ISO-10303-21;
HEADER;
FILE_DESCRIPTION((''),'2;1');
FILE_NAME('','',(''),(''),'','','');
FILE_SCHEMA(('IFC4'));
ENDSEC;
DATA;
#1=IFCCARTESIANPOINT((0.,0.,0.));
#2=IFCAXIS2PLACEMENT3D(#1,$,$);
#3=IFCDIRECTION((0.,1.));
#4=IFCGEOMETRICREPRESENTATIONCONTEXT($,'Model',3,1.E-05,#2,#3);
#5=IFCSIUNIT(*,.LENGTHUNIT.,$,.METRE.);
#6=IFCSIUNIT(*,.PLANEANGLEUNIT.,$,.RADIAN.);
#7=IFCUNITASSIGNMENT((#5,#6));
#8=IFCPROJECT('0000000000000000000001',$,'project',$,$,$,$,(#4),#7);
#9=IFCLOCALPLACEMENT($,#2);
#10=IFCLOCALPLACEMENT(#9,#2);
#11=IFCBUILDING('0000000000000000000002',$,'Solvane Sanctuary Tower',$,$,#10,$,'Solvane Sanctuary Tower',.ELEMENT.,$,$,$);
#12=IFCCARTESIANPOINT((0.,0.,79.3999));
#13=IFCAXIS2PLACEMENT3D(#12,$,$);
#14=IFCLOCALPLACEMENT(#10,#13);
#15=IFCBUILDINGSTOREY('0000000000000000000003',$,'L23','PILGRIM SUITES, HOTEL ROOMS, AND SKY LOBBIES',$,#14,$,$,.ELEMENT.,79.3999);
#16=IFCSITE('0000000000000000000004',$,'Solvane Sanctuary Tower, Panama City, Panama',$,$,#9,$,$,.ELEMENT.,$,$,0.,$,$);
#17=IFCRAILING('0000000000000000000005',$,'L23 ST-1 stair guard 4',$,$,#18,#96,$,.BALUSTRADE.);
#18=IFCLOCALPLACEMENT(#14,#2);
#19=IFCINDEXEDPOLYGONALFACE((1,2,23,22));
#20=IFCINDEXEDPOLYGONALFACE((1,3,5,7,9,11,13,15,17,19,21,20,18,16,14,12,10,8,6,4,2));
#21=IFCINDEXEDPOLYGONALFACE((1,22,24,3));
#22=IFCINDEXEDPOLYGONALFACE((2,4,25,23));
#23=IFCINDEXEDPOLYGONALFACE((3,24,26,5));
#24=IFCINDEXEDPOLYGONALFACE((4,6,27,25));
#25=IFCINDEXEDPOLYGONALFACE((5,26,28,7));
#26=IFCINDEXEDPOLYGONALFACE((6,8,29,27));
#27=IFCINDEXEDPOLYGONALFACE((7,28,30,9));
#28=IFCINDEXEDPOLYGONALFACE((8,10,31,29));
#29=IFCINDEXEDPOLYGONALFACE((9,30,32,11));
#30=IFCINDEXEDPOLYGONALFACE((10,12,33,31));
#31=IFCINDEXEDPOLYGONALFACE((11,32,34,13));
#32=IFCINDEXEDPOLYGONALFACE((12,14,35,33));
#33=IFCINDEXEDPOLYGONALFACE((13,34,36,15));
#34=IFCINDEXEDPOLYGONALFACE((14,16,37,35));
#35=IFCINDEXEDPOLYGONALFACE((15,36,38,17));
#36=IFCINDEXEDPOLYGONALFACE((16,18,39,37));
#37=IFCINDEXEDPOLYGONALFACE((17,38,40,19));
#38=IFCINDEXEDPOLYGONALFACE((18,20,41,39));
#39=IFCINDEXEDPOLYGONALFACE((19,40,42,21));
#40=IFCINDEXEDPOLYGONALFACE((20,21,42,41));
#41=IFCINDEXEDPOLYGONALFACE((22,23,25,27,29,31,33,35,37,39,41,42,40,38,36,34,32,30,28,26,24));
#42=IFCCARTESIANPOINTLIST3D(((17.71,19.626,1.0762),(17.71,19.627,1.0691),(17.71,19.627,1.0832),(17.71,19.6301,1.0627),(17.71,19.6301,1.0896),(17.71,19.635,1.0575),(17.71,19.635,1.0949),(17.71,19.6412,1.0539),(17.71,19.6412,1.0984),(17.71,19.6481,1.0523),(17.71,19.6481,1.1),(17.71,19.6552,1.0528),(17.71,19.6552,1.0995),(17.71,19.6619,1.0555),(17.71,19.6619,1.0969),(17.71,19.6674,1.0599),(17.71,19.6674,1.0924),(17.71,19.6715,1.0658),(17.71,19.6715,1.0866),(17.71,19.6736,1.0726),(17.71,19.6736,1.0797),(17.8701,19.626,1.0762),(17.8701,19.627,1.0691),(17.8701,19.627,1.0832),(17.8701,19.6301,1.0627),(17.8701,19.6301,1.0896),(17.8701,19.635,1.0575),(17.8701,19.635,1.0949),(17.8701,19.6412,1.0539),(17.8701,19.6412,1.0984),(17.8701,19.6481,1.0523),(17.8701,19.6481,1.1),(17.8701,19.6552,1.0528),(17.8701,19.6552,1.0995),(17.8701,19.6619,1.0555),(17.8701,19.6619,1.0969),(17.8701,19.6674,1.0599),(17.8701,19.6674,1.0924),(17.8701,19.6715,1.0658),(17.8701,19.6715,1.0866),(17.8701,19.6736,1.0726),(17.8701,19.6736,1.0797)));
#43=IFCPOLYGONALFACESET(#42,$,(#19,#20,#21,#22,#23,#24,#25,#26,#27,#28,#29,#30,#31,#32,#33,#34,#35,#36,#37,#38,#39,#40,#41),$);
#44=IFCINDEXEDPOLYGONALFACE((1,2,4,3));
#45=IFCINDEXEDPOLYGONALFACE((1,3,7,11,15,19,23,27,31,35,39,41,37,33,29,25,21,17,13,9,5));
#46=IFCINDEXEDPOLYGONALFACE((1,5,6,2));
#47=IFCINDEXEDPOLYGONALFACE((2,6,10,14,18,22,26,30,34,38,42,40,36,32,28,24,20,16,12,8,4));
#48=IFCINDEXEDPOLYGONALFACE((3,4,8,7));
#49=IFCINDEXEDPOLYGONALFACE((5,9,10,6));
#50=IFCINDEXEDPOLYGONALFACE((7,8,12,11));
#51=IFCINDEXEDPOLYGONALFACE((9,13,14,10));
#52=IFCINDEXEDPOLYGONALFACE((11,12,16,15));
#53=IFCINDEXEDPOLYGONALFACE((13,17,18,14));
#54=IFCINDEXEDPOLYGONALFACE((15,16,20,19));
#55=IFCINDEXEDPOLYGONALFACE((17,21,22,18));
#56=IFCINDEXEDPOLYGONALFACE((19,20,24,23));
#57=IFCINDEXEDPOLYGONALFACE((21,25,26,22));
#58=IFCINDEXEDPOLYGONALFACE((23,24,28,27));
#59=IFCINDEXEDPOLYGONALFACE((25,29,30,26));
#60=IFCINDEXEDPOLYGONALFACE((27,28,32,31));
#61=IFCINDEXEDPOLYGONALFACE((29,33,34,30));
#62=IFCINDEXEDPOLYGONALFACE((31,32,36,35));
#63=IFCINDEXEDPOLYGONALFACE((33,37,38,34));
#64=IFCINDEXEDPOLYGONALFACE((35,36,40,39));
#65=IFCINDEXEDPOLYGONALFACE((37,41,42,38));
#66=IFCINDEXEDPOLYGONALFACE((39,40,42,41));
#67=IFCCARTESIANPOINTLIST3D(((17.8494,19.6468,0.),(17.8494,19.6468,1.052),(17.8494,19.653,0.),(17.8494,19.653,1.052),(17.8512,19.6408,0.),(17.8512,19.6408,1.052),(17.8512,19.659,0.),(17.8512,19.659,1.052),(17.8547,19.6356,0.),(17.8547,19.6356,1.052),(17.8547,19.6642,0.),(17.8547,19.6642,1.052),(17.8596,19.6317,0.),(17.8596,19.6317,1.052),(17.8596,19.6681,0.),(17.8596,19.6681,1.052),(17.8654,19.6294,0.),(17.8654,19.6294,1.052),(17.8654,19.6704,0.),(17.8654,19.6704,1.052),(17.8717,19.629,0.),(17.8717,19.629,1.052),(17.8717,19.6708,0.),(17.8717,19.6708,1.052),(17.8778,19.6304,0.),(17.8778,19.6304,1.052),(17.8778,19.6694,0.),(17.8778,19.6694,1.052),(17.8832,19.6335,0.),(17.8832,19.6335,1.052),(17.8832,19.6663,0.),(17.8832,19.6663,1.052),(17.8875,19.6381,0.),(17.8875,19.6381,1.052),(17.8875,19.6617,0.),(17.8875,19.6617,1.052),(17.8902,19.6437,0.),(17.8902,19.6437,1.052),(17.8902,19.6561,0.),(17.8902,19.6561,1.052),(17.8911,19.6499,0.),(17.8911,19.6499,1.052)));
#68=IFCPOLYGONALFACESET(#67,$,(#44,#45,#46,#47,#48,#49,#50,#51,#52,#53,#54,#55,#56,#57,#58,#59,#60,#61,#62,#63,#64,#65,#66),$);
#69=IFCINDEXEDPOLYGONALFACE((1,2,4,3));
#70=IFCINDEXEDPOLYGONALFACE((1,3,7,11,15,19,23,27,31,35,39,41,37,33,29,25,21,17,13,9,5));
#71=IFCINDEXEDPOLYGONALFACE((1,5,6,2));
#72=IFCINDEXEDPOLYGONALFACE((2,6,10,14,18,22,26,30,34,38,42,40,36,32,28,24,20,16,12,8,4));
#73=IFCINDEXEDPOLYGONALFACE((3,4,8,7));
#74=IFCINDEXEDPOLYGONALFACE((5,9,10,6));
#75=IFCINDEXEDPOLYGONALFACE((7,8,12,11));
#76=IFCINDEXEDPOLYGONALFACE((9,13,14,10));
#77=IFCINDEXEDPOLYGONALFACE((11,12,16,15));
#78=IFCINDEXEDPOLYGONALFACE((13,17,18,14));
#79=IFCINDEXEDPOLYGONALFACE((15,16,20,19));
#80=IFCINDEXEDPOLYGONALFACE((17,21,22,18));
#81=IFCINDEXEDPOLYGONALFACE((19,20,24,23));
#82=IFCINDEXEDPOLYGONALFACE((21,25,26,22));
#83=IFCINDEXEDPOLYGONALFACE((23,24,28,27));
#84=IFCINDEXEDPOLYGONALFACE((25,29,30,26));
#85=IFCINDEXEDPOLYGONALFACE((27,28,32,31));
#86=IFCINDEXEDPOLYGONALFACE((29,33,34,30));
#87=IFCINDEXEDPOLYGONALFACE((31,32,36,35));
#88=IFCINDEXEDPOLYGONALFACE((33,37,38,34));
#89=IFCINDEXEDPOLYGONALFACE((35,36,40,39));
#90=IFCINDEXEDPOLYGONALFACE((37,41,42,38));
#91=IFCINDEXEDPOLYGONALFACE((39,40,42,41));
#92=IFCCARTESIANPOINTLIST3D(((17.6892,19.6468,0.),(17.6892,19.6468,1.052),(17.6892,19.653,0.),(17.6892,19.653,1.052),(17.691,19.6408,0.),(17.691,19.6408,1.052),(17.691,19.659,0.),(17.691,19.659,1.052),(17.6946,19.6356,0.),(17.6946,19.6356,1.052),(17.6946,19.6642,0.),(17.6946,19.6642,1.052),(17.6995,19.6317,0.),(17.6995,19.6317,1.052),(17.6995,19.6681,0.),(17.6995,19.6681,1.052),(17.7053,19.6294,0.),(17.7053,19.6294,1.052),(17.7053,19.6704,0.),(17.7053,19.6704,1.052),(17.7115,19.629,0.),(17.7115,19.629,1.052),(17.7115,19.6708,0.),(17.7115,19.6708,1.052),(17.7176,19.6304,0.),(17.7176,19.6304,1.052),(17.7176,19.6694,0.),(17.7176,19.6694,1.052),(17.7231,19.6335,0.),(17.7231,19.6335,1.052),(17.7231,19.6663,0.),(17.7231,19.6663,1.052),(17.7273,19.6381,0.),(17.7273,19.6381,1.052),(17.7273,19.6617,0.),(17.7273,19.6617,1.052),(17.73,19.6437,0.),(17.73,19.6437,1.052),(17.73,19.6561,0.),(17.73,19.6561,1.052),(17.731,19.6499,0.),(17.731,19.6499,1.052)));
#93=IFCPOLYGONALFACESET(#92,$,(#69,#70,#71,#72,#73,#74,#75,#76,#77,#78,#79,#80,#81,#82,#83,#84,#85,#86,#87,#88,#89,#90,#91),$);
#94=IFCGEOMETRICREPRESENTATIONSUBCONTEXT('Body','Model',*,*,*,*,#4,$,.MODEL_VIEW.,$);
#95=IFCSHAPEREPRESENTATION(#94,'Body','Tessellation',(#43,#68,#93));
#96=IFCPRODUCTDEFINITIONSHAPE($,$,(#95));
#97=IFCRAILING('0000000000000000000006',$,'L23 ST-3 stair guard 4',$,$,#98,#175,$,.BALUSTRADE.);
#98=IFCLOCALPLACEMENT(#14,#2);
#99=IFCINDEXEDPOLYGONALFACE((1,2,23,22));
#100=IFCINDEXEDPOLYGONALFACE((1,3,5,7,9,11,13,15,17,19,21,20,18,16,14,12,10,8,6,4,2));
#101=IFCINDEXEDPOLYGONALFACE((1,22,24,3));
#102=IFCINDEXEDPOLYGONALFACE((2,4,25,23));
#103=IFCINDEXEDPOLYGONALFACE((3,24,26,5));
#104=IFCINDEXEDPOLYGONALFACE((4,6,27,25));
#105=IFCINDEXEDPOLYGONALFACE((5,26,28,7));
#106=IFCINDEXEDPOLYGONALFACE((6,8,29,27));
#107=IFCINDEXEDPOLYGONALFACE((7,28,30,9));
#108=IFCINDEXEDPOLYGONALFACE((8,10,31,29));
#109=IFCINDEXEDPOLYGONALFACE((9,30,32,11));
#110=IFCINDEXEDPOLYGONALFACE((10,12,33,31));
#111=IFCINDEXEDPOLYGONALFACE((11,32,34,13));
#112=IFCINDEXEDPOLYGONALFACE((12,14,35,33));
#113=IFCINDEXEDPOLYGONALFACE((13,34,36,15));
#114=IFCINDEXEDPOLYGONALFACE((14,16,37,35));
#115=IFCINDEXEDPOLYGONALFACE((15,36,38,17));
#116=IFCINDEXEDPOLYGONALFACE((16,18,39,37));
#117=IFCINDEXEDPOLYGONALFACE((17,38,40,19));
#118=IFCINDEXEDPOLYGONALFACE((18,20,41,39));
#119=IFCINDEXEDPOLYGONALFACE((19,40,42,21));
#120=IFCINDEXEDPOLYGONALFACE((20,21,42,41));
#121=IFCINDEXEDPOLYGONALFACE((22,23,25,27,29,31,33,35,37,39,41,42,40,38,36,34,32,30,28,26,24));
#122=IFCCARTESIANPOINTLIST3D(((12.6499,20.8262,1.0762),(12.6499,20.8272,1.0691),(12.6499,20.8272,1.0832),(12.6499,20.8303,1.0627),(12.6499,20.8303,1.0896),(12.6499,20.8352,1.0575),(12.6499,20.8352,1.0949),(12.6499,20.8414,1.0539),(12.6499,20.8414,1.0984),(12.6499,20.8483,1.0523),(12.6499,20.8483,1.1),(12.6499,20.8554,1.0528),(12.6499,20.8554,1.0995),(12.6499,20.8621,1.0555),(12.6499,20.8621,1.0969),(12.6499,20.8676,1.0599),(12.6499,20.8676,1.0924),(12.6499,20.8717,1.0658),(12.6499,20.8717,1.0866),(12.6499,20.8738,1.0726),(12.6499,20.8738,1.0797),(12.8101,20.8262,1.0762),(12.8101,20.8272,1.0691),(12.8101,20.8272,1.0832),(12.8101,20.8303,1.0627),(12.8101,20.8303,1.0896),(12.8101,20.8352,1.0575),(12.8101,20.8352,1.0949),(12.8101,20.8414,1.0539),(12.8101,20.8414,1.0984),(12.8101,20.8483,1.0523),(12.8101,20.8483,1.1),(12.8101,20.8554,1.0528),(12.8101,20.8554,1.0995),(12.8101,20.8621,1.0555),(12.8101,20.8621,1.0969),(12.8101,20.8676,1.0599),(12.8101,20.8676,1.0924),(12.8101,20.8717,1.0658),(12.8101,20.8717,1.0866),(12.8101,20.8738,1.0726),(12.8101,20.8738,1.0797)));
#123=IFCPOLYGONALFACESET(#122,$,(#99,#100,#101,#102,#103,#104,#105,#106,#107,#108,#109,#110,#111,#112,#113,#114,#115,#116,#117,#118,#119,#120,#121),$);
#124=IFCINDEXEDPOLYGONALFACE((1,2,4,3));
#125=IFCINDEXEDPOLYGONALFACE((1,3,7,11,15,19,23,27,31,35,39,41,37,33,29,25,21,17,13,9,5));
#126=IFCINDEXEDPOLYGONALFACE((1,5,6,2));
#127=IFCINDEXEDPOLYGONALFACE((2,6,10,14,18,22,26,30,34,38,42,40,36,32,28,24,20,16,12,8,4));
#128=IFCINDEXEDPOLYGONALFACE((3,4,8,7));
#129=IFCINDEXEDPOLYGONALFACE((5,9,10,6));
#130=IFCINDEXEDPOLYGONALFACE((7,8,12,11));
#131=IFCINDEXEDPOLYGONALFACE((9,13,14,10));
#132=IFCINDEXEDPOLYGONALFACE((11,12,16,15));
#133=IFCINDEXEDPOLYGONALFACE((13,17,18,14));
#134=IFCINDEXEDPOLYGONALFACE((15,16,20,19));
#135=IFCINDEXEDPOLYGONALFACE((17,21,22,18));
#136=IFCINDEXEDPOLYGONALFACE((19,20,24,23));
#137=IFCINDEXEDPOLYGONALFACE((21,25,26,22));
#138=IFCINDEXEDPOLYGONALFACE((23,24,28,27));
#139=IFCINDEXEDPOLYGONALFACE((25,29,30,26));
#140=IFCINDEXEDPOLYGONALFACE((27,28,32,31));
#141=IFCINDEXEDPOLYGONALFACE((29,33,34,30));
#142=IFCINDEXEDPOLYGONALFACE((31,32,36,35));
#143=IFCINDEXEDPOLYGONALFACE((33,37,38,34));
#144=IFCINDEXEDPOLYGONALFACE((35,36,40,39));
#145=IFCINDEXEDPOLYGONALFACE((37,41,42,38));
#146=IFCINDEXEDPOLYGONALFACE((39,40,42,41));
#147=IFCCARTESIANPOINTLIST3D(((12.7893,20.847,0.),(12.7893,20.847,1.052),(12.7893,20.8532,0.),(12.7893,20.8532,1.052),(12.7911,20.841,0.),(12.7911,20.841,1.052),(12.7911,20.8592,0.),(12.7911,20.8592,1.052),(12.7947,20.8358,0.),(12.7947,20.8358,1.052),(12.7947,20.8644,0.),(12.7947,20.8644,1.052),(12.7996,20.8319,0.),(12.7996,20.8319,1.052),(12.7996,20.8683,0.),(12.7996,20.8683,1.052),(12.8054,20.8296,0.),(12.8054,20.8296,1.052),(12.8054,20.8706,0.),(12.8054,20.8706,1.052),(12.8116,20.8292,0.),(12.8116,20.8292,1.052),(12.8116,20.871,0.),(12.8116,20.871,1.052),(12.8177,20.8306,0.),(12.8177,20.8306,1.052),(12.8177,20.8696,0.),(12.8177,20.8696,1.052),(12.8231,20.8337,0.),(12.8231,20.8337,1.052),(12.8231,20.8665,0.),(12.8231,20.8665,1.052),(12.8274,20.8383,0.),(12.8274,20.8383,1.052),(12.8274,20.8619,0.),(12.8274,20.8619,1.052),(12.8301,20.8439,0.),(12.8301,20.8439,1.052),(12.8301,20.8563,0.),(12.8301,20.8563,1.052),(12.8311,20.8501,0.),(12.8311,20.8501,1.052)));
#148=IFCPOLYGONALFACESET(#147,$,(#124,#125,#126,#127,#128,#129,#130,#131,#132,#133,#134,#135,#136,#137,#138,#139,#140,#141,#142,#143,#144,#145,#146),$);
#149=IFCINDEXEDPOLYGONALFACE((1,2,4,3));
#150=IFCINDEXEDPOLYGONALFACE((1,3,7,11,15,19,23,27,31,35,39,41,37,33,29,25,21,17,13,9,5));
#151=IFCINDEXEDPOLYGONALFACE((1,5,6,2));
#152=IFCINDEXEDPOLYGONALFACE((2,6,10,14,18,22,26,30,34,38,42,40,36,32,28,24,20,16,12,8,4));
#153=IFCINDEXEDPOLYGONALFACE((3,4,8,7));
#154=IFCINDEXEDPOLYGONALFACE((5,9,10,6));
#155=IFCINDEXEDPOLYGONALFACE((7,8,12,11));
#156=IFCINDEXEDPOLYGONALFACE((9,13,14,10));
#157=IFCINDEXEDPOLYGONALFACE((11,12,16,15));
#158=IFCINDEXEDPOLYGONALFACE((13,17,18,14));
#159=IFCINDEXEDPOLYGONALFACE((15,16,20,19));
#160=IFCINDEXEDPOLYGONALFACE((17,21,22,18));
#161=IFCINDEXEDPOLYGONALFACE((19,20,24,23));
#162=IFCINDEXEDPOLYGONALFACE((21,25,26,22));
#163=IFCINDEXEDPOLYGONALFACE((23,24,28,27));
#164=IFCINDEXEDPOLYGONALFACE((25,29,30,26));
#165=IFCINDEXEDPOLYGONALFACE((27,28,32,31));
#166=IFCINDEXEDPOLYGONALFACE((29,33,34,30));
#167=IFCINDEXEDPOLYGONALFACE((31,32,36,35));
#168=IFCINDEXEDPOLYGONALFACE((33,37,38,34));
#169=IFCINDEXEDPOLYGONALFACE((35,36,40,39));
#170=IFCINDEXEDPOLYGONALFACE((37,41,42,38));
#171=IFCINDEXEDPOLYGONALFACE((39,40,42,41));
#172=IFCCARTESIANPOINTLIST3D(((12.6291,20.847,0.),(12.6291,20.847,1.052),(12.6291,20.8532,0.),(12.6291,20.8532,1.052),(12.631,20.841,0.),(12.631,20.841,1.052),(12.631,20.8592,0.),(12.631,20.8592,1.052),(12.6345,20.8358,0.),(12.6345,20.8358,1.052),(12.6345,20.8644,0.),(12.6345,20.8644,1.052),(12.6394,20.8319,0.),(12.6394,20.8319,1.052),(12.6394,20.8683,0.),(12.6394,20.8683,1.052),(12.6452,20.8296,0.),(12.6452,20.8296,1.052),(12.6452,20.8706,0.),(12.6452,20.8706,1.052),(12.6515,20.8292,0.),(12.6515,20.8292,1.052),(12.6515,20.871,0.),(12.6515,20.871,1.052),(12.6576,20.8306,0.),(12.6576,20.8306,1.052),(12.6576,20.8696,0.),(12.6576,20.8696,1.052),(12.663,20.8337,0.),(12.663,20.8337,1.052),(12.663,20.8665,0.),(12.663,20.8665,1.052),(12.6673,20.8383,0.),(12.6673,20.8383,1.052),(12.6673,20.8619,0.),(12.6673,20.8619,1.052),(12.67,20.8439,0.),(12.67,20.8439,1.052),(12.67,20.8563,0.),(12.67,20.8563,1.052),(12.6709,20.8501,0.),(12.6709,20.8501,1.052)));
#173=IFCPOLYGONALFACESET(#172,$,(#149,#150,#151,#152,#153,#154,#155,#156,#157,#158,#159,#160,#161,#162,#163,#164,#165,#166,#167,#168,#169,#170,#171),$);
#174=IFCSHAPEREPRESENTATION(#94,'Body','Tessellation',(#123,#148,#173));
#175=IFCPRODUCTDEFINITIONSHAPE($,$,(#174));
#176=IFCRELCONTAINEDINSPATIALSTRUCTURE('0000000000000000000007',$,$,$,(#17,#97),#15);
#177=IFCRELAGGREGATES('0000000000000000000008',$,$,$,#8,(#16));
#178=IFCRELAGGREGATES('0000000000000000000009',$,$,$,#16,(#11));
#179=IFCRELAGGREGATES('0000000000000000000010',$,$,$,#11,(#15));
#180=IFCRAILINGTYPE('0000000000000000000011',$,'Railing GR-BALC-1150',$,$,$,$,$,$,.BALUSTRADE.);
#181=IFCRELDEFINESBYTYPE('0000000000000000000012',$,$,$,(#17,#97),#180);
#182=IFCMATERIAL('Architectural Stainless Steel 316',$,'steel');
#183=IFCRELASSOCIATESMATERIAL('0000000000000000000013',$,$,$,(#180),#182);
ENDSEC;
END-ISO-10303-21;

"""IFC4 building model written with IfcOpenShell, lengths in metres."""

from ifc_helpers import new_model, si_unit, direction, frame, origin, origin_2d, place, context, subcontext, project, spatial, circle, extrude, material, type_object, element, save


model = new_model("IFC4")

# Units and contexts
model_context = context("Model", 3, precision=1e-05, world=origin(), true_north=direction((0.0, 1.0)))
body_context = subcontext(model_context, "Body", "Model", "MODEL_VIEW")
ifc_project = project(units=[si_unit("LENGTHUNIT", "METRE"), si_unit("PLANEANGLEUNIT", "RADIAN")], contexts=[model_context])

# Site, building, storey
site_placement = place(None, origin())
site = spatial("IfcSite", under=ifc_project, at=site_placement, Name="Solvane Sanctuary Tower, Panama City, Panama", CompositionType="ELEMENT", RefElevation=0.0)
building_placement = place(site_placement, origin())
building = spatial("IfcBuilding", under=site, at=building_placement, Name="Solvane Sanctuary Tower", LongName="Solvane Sanctuary Tower", CompositionType="ELEMENT")
storey_placement = place(building_placement, frame((0.0, 0.0, 79.3999)))
storey = spatial("IfcBuildingStorey", under=building, at=storey_placement, Name="L23", Description="PILGRIM SUITES, HOTEL ROOMS, AND SKY LOBBIES", CompositionType="ELEMENT", Elevation=79.3999)

# Shared definitions
ifc_material_1 = material(Name="Architectural Stainless Steel 316", Category="steel")

# Railings
railing_type_1 = type_object("IfcRailingType", Name="Railing GR-BALC-1150", PredefinedType="BALUSTRADE", material=ifc_material_1)
for number, where, name in (
    (1, (17.8701, 19.6499, 0.0), "L23 ST-1 stair guard 4"),
    (2, (12.8101, 20.8501, 0.0), "L23 ST-3 stair guard 4"),
):
    element("IfcRailing", number, at=place(storey_placement, frame(where)), inside=storey, type_object=railing_type_1, Name=name, PredefinedType="BALUSTRADE", context=body_context, shape_type="SweptSolid", body=[
        extrude(circle(Radius=0.0239, at=origin_2d()), frame((0.0, 0.0, 1.0762), z_axis=(-1.0, 0.0, 0.0), x_axis=(0.0, -1.0, 0.0)), (0.0, 0.0, 1.0), 0.1602),
        extrude(circle(Radius=0.021, at=origin_2d()), origin(), (0.0, 0.0, 1.0), 1.052),
        extrude(circle(Radius=0.021, at=origin_2d()), frame((-0.1602, 0.0, 0.0)), (0.0, 0.0, 1.0), 1.052),
    ])

save(model, "model.ifc")
